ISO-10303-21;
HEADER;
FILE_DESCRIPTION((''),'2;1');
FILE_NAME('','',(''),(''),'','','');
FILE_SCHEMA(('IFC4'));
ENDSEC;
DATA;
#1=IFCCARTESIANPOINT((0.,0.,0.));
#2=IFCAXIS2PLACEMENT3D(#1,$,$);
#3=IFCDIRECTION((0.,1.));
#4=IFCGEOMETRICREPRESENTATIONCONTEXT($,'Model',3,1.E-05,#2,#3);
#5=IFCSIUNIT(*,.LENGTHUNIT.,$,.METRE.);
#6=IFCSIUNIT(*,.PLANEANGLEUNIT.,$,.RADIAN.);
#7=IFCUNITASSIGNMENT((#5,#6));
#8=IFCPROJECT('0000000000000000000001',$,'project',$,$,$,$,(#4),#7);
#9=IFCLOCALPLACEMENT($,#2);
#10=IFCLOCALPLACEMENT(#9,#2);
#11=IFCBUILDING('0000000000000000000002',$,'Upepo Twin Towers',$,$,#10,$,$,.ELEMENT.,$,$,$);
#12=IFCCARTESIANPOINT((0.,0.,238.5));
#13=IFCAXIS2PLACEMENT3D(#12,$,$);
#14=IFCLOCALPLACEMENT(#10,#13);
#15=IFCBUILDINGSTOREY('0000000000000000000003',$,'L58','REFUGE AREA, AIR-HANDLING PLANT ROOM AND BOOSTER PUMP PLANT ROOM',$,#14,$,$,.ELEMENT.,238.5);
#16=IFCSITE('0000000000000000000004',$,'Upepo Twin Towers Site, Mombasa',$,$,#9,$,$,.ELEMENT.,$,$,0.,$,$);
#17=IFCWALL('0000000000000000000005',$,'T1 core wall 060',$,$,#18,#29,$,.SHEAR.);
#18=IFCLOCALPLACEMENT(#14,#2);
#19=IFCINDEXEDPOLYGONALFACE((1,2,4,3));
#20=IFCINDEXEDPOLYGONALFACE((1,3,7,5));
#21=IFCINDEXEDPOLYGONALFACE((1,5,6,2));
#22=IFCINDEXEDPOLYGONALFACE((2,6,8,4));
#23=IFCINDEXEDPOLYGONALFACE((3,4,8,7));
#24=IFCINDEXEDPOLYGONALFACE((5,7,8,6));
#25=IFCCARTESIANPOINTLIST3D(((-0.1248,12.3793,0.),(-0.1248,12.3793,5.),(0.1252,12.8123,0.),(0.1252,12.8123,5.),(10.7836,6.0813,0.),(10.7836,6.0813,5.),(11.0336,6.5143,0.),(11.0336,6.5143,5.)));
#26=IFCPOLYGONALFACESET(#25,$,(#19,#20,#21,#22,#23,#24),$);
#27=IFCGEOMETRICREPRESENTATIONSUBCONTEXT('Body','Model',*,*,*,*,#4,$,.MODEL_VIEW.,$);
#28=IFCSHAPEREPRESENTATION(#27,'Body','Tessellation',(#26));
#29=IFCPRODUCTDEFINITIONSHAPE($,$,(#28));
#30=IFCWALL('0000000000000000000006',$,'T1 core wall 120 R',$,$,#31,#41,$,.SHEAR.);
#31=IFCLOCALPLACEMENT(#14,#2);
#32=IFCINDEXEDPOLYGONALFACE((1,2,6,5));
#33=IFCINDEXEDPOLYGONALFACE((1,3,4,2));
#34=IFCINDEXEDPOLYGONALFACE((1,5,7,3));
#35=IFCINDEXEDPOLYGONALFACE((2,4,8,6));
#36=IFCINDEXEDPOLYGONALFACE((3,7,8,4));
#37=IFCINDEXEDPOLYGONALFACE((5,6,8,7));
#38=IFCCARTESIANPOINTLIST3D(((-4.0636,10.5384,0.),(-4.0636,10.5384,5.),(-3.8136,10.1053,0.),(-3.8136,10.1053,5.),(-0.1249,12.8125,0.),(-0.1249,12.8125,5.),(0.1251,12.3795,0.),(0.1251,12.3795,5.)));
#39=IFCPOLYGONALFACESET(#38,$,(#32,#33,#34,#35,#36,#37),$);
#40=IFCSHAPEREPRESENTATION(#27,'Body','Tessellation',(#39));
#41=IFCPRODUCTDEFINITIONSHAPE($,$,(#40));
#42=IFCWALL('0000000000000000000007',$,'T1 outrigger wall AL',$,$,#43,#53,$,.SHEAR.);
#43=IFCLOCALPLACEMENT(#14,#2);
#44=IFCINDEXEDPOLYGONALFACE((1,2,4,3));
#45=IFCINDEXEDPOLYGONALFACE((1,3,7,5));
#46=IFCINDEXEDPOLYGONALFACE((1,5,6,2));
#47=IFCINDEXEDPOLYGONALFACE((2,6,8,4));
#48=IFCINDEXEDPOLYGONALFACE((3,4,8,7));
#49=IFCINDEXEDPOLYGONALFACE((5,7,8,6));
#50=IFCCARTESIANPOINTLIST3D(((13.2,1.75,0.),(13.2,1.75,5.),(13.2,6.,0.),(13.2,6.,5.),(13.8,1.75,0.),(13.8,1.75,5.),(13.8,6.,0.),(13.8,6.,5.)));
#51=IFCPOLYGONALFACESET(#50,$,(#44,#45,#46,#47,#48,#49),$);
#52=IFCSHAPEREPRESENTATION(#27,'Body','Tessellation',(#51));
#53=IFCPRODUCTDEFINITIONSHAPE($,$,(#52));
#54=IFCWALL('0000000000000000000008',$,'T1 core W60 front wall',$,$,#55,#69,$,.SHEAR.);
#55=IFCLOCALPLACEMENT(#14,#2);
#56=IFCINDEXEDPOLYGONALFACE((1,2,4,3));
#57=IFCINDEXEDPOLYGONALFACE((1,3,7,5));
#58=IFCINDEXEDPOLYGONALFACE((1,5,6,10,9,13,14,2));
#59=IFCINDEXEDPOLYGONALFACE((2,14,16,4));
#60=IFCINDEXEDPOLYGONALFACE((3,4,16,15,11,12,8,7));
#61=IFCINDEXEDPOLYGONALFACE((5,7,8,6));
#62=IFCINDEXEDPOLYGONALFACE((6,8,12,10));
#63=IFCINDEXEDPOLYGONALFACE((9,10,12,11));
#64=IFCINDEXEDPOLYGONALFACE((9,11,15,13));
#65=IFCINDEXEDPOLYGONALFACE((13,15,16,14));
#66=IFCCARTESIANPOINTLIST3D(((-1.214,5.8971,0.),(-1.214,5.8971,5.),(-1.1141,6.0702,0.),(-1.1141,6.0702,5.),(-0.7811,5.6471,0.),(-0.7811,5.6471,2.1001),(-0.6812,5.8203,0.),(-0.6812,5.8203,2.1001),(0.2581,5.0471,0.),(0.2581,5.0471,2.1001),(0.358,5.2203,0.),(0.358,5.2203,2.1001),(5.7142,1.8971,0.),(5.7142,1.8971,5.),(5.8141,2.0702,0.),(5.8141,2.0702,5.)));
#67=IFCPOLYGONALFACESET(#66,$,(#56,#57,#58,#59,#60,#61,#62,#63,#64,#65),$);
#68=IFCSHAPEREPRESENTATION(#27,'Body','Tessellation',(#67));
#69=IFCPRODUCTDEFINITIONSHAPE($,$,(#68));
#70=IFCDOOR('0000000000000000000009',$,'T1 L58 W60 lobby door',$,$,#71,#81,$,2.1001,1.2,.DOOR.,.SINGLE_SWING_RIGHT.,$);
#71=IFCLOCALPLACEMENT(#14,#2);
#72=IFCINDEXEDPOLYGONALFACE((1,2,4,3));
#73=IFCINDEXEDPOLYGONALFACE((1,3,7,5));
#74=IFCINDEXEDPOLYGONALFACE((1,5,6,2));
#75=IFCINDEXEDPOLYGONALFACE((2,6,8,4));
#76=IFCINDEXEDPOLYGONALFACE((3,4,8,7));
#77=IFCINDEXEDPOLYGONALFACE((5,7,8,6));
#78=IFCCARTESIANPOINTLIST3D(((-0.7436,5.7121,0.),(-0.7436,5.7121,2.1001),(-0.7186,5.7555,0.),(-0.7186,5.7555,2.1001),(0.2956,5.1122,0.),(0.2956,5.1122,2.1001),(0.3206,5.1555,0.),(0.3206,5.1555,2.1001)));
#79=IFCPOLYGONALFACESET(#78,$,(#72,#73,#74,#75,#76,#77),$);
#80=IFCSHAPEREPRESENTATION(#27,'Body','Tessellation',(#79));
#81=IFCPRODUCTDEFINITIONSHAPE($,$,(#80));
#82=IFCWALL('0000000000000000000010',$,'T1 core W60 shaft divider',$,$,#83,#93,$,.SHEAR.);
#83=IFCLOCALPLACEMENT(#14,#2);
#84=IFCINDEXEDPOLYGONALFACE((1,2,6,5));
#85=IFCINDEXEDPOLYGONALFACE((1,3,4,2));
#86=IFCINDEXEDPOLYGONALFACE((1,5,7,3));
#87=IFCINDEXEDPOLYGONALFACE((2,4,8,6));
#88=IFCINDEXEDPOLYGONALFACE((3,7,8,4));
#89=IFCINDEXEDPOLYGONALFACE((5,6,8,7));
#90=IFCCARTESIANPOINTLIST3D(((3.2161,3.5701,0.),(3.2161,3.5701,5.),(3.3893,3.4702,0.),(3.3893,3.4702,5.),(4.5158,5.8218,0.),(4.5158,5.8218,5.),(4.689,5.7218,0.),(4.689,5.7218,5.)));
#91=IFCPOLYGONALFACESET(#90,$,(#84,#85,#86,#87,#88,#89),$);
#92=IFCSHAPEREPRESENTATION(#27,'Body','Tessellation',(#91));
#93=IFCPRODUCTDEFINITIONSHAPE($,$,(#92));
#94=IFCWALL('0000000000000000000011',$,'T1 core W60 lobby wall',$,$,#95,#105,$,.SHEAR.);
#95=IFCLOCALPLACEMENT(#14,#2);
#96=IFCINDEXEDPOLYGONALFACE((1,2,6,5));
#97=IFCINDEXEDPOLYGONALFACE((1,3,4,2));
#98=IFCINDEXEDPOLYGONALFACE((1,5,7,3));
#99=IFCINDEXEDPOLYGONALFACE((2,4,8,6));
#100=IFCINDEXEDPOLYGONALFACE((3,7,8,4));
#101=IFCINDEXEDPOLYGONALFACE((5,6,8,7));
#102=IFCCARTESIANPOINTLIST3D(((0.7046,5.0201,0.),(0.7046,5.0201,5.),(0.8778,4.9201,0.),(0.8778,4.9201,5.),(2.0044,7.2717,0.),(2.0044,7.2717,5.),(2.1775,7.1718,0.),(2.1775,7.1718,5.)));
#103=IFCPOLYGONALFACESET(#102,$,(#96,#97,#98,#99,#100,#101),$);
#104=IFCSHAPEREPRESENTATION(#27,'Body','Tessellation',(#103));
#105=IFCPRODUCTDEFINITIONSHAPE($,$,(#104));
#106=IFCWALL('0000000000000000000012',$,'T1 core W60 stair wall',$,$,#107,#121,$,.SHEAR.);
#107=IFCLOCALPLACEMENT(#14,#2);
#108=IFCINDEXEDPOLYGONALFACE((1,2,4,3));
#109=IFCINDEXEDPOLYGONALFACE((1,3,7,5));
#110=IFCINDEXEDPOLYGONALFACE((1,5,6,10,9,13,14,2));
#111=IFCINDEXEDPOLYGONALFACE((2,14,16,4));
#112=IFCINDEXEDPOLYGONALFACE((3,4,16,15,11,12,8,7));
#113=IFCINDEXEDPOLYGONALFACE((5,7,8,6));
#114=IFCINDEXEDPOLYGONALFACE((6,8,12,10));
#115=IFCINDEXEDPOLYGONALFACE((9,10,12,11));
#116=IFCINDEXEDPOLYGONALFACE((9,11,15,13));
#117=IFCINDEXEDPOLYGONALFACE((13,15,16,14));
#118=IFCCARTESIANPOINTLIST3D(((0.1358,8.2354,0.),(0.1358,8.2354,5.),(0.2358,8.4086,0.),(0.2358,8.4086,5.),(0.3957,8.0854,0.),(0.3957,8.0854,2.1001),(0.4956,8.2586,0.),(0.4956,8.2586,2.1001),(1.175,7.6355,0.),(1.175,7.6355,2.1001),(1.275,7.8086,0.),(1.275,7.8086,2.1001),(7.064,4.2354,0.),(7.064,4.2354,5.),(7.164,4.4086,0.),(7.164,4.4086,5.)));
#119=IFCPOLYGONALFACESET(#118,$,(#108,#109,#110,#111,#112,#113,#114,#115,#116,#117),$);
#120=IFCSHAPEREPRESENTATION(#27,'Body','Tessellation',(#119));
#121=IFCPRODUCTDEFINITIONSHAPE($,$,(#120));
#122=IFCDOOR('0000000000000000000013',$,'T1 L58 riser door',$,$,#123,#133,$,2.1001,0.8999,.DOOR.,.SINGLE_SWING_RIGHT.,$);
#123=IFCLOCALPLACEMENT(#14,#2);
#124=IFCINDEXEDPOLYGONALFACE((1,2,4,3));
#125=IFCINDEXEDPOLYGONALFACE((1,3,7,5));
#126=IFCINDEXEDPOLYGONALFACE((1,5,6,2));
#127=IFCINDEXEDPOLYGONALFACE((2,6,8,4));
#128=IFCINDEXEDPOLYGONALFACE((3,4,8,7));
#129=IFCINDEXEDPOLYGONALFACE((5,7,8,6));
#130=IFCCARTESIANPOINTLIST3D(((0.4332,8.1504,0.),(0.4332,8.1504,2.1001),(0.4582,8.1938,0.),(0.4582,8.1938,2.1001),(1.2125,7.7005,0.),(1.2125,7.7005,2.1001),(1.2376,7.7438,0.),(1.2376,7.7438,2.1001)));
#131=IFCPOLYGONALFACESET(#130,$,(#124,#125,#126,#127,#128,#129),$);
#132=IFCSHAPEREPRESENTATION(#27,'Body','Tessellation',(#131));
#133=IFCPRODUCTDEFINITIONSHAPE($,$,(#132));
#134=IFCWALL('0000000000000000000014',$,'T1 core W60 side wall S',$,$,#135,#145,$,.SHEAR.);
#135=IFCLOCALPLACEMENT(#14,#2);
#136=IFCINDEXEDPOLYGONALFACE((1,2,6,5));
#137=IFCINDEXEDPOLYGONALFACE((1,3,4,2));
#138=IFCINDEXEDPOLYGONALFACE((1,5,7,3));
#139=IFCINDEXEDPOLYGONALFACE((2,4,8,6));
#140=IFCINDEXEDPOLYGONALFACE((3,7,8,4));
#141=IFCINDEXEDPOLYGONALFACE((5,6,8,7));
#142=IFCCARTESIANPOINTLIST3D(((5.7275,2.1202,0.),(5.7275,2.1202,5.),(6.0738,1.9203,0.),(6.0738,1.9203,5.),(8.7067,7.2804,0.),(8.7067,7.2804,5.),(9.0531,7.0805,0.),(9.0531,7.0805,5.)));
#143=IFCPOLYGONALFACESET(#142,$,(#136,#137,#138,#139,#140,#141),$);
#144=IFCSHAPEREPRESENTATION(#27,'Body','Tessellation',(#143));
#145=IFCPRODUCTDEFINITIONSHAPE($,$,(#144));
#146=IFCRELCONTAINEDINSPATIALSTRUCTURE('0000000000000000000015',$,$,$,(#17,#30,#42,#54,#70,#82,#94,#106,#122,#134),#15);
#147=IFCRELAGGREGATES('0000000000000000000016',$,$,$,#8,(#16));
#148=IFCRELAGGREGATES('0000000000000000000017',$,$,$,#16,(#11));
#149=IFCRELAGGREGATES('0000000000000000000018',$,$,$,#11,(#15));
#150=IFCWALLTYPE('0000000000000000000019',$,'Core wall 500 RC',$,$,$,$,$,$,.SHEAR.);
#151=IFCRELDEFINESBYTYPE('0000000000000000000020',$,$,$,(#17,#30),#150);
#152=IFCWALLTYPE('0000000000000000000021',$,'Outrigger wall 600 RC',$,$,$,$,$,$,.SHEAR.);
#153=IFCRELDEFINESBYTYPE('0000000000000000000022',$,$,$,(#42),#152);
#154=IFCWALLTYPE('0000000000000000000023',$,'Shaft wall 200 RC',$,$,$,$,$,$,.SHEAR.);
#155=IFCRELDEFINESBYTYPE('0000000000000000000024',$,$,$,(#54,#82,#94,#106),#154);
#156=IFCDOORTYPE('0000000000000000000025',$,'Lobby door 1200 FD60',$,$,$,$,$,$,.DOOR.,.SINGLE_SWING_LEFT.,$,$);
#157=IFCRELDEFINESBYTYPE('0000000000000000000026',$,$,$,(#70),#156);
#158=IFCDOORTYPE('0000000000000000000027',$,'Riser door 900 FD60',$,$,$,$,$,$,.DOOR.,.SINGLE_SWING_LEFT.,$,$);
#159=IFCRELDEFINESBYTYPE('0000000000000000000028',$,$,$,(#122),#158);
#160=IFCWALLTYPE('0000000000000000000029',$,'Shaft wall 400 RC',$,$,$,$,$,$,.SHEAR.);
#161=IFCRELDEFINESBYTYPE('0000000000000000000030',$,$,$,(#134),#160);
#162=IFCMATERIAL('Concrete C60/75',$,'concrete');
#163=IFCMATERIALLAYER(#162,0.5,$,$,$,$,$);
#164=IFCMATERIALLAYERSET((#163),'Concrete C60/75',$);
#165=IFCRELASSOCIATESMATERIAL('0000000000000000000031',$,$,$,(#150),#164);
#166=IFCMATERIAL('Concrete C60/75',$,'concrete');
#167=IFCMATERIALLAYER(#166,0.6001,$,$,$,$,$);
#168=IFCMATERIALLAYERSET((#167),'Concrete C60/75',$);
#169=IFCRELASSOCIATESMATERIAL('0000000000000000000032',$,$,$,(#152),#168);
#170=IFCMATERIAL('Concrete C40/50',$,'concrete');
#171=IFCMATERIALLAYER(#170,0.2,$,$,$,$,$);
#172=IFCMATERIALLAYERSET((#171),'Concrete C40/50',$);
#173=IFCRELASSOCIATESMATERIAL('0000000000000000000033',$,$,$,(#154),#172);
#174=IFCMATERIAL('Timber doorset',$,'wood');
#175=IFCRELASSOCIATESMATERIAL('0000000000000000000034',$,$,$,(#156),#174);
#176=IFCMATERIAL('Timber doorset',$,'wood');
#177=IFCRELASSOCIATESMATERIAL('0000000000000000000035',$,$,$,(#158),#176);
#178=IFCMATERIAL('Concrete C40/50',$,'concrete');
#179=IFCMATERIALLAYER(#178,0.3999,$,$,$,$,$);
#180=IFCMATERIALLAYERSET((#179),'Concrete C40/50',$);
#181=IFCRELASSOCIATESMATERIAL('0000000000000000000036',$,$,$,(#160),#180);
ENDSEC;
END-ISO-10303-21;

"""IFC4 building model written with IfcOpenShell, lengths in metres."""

from ifc_helpers import new_model, si_unit, direction, frame, frame_2d, origin, place, context, subcontext, project, spatial, rectangle, extrude, material, layer, layer_set, type_object, element, fill, save


model = new_model("IFC4")

# Units and contexts
model_context = context("Model", 3, precision=1e-05, world=origin(), true_north=direction((0.0, 1.0)))
body_context = subcontext(model_context, "Body", "Model", "MODEL_VIEW")
ifc_project = project(units=[si_unit("LENGTHUNIT", "METRE"), si_unit("PLANEANGLEUNIT", "RADIAN")], contexts=[model_context])

# Site, building, storey
site_placement = place(None, origin())
site = spatial("IfcSite", under=ifc_project, at=site_placement, Name="Upepo Twin Towers Site, Mombasa", CompositionType="ELEMENT", RefElevation=0.0)
building_placement = place(site_placement, origin())
building = spatial("IfcBuilding", under=site, at=building_placement, Name="Upepo Twin Towers", CompositionType="ELEMENT")
storey_placement = place(building_placement, frame((0.0, 0.0, 238.5)))
storey = spatial("IfcBuildingStorey", under=building, at=storey_placement, Name="L58", Description="REFUGE AREA, AIR-HANDLING PLANT ROOM AND BOOSTER PUMP PLANT ROOM", CompositionType="ELEMENT", Elevation=238.5)

# Walls
ifc_material_1 = material(Name="Concrete C60/75", Category="concrete")
ifc_layer_1 = layer(ifc_material_1, 0.5)
ifc_layer_set_1 = layer_set([ifc_layer_1], Name="Concrete C60/75")
wall_type_1 = type_object("IfcWallType", Name="Core wall 500 RC", PredefinedType="SHEAR", material=ifc_layer_set_1)
wall_1_placement = place(storey_placement, frame((10.9084, 6.2979, 0.0), z_axis=(0.0, 0.0, 1.0), x_axis=(-0.866022, 0.500006, 0.0)))
element("IfcWall", 1, at=wall_1_placement, inside=storey, type_object=wall_type_1, Name="T1 core wall 060", PredefinedType="SHEAR", context=body_context, shape_type="SweptSolid", body=[
    extrude(rectangle(XDim=12.5959, YDim=0.5, at=frame_2d((6.2979, 0.0))), origin(), (0.0, 0.0, 1.0), 5.0),
])
wall_2_placement = place(storey_placement, frame((0.0, 12.5959, 0.0), z_axis=(0.0, 0.0, 1.0), x_axis=(-0.866011, -0.500024, 0.0)))
element("IfcWall", 2, at=wall_2_placement, inside=storey, type_object=wall_type_1, Name="T1 core wall 120 R", PredefinedType="SHEAR", context=body_context, shape_type="SweptSolid", body=[
    extrude(rectangle(XDim=4.5481, YDim=0.5, at=frame_2d((2.2739, 0.0))), origin(), (0.0, 0.0, 1.0), 5.0),
])
ifc_material_2 = material(Name="Concrete C60/75", Category="concrete")
ifc_layer_2 = layer(ifc_material_2, 0.6001)
ifc_layer_set_2 = layer_set([ifc_layer_2], Name="Concrete C60/75")
wall_type_2 = type_object("IfcWallType", Name="Outrigger wall 600 RC", PredefinedType="SHEAR", material=ifc_layer_set_2)
wall_3_placement = place(storey_placement, frame((13.5, 1.75, 0.0), z_axis=(0.0, 0.0, 1.0), x_axis=(0.0, 1.0, 0.0)))
element("IfcWall", 3, at=wall_3_placement, inside=storey, type_object=wall_type_2, Name="T1 outrigger wall AL", PredefinedType="SHEAR", context=body_context, shape_type="SweptSolid", body=[
    extrude(rectangle(XDim=4.25, YDim=0.6001, at=frame_2d((2.125, 0.0))), origin(), (0.0, 0.0, 1.0), 5.0),
])

# Wall, opening, door
ifc_material_3 = material(Name="Concrete C40/50", Category="concrete")
ifc_layer_3 = layer(ifc_material_3, 0.2)
ifc_layer_set_3 = layer_set([ifc_layer_3], Name="Concrete C40/50")
wall_type_3 = type_object("IfcWallType", Name="Shaft wall 200 RC", PredefinedType="SHEAR", material=ifc_layer_set_3)
wall_4_placement = place(storey_placement, frame((5.7642, 1.9836, 0.0), z_axis=(0.0, 0.0, 1.0), x_axis=(-0.866026, 0.499999, 0.0)))
wall_4 = element("IfcWall", 4, at=wall_4_placement, inside=storey, type_object=wall_type_3, Name="T1 core W60 front wall", PredefinedType="SHEAR", context=body_context, shape_type="SweptSolid", body=[
    extrude(rectangle(XDim=8.0, YDim=0.2, at=frame_2d((4.0, 0.0))), origin(), (0.0, 0.0, 1.0), 5.0),
])
opening_1_placement = place(wall_4_placement, frame((6.3, 0.0, 0.0)))
opening_1 = element("IfcOpeningElement", 5, at=opening_1_placement, cuts=wall_4, PredefinedType="OPENING", context=body_context, shape_type="SweptSolid", body=[
    extrude(rectangle(XDim=1.2, YDim=2.1001, at=frame_2d((0.6001, 1.05))), frame((0.0, 0.1099, 0.0), z_axis=(0.0, -1.0, 0.0), x_axis=(1.0, 0.0, 0.0)), (0.0, 0.0, 1.0), 0.22),
])
ifc_material_4 = material(Name="Timber doorset", Category="wood")
door_type_1 = type_object("IfcDoorType", Name="Lobby door 1200 FD60", OperationType="SINGLE_SWING_LEFT", PredefinedType="DOOR", material=ifc_material_4)
door_1_placement = place(opening_1_placement, origin())
door_1 = element("IfcDoor", 6, at=door_1_placement, inside=storey, type_object=door_type_1, Name="T1 L58 W60 lobby door", OperationType="SINGLE_SWING_RIGHT", OverallHeight=2.1001, OverallWidth=1.2, PredefinedType="DOOR", context=body_context, shape_type="SweptSolid", body=[
    extrude(rectangle(XDim=1.2, YDim=2.1001, at=frame_2d((0.6001, 1.05))), frame((0.0, 0.0249, 0.0), z_axis=(0.0, -1.0, 0.0), x_axis=(1.0, 0.0, 0.0)), (0.0, 0.0, 1.0), 0.05),
])
fill(opening_1, door_1)

# Walls
for number, where, z_axis, x_axis, name in (
    (7, (3.3027, 3.5203, 0.0), (0.0, 0.0, 1.0), (0.499937, 0.866062, 0.0), "T1 core W60 shaft divider"),
    (8, (0.7913, 4.9702, 0.0), (0.0, 0.0, 1.0), (0.499937, 0.866062, 0.0), "T1 core W60 lobby wall"),
):
    element("IfcWall", number, at=place(storey_placement, frame(where, z_axis=z_axis, x_axis=x_axis)), inside=storey, type_object=wall_type_3, Name=name, PredefinedType="SHEAR", context=body_context, shape_type="SweptSolid", body=[
        extrude(rectangle(XDim=2.5999, YDim=0.2, at=frame_2d((1.2998, 0.0))), origin(), (0.0, 0.0, 1.0), 5.0),
    ])

# Wall, opening, door
wall_5_placement = place(storey_placement, frame((7.114, 4.322, 0.0), z_axis=(0.0, 0.0, 1.0), x_axis=(-0.866026, 0.499999, 0.0)))
wall_5 = element("IfcWall", 9, at=wall_5_placement, inside=storey, type_object=wall_type_3, Name="T1 core W60 stair wall", PredefinedType="SHEAR", context=body_context, shape_type="SweptSolid", body=[
    extrude(rectangle(XDim=8.0, YDim=0.2, at=frame_2d((4.0, 0.0))), origin(), (0.0, 0.0, 1.0), 5.0),
])
opening_2_placement = place(wall_5_placement, frame((6.8, 0.0, 0.0)))
opening_2 = element("IfcOpeningElement", 10, at=opening_2_placement, cuts=wall_5, PredefinedType="OPENING", context=body_context, shape_type="SweptSolid", body=[
    extrude(rectangle(XDim=0.8999, YDim=2.1001, at=frame_2d((0.45, 1.05))), frame((0.0, 0.1099, 0.0), z_axis=(0.0, -1.0, 0.0), x_axis=(1.0, 0.0, 0.0)), (0.0, 0.0, 1.0), 0.22),
])
ifc_material_5 = material(Name="Timber doorset", Category="wood")
door_type_2 = type_object("IfcDoorType", Name="Riser door 900 FD60", OperationType="SINGLE_SWING_LEFT", PredefinedType="DOOR", material=ifc_material_5)
door_2_placement = place(opening_2_placement, origin())
door_2 = element("IfcDoor", 11, at=door_2_placement, inside=storey, type_object=door_type_2, Name="T1 L58 riser door", OperationType="SINGLE_SWING_RIGHT", OverallHeight=2.1001, OverallWidth=0.8999, PredefinedType="DOOR", context=body_context, shape_type="SweptSolid", body=[
    extrude(rectangle(XDim=0.8999, YDim=2.1001, at=frame_2d((0.45, 1.05))), frame((0.0, 0.0249, 0.0), z_axis=(0.0, -1.0, 0.0), x_axis=(1.0, 0.0, 0.0)), (0.0, 0.0, 1.0), 0.05),
])
fill(opening_2, door_2)

# Wall
ifc_material_6 = material(Name="Concrete C40/50", Category="concrete")
ifc_layer_4 = layer(ifc_material_6, 0.3999)
ifc_layer_set_4 = layer_set([ifc_layer_4], Name="Concrete C40/50")
wall_type_4 = type_object("IfcWallType", Name="Shaft wall 400 RC", PredefinedType="SHEAR", material=ifc_layer_set_4)
wall_6_placement = place(storey_placement, frame((5.9006, 2.0203, 0.0), z_axis=(0.0, 0.0, 1.0), x_axis=(0.500004, 0.866023, 0.0)))
element("IfcWall", 12, at=wall_6_placement, inside=storey, type_object=wall_type_4, Name="T1 core W60 side wall S", PredefinedType="SHEAR", context=body_context, shape_type="SweptSolid", body=[
    extrude(rectangle(XDim=5.9585, YDim=0.3999, at=frame_2d((2.9792, 0.0))), origin(), (0.0, 0.0, 1.0), 5.0),
])

save(model, "model.ifc")
